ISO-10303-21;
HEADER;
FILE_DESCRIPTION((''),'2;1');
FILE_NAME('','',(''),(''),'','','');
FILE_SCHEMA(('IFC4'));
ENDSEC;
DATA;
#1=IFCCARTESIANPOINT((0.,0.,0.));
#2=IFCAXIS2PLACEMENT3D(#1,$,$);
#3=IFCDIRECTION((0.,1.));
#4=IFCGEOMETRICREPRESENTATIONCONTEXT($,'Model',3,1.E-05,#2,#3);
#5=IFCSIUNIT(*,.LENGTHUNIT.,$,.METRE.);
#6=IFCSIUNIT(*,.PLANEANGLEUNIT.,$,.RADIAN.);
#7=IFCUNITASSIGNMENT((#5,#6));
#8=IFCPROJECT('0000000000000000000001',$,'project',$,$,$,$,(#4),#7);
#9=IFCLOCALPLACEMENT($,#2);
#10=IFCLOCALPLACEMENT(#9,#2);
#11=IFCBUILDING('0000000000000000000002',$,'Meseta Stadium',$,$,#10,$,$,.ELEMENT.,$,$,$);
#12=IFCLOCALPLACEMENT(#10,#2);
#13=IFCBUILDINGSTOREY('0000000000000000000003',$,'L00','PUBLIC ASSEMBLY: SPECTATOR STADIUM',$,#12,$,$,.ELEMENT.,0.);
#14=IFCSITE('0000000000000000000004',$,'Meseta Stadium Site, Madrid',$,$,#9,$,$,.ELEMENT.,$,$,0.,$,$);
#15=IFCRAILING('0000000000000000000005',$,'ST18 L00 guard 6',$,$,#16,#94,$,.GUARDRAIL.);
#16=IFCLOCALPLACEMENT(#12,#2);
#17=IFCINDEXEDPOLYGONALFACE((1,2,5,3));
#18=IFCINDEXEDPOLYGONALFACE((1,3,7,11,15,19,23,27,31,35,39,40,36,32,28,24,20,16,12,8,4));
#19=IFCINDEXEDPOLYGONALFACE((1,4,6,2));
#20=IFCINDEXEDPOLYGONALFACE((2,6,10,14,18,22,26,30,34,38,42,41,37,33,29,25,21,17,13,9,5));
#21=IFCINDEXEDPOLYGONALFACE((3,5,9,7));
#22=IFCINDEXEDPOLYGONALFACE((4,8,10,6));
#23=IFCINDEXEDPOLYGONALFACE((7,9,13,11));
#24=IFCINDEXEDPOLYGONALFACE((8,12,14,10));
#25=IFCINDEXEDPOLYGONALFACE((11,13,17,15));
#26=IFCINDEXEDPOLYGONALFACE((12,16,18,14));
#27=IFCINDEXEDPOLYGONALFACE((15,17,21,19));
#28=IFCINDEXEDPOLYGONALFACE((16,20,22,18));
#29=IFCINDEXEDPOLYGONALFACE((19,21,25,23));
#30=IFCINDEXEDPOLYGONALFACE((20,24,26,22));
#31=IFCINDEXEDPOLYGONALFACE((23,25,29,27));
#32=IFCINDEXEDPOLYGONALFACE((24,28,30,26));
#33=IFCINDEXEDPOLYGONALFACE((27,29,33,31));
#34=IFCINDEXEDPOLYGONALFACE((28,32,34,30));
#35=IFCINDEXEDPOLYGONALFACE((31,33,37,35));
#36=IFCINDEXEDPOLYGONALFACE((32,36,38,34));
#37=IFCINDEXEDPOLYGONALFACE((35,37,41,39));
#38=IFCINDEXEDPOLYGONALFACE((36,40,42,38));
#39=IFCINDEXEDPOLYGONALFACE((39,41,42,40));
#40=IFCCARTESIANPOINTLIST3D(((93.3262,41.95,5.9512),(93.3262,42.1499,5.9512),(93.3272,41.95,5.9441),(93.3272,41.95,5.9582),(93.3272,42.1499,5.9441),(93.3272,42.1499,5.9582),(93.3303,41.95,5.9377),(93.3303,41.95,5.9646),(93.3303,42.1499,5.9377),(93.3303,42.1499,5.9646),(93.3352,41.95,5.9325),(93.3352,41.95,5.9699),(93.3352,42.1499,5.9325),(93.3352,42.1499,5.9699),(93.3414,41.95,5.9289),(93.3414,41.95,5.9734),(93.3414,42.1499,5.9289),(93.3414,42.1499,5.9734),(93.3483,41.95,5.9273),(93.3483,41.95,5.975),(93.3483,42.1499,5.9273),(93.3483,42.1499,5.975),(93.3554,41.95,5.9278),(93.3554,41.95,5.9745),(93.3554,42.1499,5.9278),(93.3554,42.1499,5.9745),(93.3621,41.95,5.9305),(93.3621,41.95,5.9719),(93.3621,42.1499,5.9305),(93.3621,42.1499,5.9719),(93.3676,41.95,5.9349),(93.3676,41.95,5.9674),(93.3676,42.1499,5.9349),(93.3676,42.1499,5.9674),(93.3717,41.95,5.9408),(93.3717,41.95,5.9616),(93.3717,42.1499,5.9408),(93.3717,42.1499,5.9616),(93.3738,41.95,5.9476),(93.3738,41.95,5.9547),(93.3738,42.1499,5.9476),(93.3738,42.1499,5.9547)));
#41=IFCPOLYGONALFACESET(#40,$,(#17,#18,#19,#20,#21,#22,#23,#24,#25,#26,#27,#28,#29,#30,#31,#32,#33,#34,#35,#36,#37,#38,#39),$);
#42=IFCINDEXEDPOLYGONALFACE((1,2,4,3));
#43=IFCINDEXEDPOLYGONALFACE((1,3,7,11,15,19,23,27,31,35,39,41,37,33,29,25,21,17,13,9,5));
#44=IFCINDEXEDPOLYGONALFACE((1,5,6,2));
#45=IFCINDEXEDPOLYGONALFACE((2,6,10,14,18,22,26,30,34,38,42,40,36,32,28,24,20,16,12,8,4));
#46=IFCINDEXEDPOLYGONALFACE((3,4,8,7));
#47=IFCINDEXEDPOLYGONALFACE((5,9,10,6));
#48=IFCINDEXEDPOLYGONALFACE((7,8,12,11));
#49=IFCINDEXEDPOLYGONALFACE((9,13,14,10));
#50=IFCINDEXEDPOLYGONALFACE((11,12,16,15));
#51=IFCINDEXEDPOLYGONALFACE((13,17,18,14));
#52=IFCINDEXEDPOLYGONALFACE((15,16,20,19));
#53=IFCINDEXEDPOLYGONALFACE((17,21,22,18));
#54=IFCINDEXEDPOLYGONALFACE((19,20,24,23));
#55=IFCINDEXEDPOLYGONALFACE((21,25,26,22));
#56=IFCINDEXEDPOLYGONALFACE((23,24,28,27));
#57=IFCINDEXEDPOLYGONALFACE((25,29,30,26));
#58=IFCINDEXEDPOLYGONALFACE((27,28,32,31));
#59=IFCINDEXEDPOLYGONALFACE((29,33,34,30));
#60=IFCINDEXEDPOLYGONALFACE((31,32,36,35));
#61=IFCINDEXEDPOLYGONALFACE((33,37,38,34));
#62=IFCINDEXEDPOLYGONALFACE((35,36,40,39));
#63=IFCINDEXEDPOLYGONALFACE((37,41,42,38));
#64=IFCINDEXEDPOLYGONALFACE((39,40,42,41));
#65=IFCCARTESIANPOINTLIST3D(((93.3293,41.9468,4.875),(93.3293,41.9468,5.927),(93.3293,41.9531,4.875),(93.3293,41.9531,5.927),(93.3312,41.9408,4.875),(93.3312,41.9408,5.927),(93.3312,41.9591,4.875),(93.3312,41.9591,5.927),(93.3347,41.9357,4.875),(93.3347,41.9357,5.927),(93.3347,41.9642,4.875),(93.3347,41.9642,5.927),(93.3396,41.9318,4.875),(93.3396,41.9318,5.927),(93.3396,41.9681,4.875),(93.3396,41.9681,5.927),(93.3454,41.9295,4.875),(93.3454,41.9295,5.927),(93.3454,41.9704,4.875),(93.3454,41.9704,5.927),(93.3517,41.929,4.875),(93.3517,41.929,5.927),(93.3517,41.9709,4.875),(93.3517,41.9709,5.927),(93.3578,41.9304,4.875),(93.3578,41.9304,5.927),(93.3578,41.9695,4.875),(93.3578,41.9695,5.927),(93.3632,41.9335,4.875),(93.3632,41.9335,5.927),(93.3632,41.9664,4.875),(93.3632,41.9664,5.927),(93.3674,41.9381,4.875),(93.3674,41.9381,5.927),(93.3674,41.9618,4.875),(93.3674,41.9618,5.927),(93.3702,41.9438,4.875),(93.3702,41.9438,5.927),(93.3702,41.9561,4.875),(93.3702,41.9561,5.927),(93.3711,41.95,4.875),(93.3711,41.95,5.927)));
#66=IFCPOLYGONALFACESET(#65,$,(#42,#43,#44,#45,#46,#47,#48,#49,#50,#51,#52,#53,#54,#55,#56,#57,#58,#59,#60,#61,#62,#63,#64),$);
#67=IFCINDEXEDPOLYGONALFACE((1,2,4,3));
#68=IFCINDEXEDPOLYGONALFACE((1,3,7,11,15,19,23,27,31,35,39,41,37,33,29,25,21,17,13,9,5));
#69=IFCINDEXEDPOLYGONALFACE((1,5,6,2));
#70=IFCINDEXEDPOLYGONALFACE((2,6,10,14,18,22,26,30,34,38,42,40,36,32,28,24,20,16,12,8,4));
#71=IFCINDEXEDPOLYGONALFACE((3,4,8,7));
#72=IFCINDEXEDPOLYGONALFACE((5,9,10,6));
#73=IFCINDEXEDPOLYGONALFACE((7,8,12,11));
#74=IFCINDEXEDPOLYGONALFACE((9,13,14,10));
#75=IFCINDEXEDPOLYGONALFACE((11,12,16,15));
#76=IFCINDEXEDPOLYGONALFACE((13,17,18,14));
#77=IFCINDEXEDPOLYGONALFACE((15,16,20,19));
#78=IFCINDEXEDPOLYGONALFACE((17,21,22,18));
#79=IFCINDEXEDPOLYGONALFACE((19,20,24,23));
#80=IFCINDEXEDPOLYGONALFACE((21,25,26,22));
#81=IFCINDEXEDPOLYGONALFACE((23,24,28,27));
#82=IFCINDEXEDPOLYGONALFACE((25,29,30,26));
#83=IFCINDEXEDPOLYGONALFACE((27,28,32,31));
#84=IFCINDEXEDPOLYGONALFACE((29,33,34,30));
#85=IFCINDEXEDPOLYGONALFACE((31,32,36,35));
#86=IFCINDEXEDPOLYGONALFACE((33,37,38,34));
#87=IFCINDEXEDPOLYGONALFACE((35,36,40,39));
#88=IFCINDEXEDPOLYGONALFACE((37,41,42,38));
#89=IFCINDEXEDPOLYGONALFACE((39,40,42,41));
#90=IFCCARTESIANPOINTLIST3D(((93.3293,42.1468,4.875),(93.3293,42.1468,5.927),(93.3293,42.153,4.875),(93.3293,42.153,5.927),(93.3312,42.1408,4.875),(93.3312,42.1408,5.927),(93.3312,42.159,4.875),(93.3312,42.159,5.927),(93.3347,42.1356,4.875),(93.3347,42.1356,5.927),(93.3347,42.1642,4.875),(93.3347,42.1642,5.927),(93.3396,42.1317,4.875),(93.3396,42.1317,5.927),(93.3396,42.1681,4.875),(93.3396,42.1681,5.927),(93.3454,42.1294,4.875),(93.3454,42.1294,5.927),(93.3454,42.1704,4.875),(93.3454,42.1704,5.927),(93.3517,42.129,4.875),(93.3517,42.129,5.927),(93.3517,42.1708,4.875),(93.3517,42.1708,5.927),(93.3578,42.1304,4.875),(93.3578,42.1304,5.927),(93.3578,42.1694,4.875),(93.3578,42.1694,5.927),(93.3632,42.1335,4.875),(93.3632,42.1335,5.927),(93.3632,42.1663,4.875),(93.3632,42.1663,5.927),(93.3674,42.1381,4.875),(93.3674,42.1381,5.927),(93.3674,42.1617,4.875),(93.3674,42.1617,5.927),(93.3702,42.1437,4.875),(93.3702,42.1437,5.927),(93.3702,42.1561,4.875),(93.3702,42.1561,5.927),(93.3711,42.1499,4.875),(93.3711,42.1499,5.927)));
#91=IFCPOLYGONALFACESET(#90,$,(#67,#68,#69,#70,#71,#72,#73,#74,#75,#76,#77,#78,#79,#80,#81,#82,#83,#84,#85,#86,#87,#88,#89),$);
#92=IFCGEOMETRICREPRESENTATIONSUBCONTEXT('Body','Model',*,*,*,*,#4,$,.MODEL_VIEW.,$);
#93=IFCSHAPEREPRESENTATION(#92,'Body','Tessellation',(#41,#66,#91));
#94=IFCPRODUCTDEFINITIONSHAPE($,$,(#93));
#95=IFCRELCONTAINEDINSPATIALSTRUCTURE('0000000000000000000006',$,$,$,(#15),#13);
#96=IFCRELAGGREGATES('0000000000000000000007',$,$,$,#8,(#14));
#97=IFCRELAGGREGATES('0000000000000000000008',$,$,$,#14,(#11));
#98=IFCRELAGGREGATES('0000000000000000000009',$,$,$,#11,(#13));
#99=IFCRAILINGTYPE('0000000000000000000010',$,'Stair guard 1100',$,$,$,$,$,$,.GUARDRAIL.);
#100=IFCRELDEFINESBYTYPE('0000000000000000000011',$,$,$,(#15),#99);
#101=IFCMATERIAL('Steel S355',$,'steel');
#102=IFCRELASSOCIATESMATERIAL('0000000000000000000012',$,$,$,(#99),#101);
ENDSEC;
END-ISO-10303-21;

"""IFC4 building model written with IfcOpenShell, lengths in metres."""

from ifc_helpers import new_model, si_unit, direction, frame, origin, origin_2d, place, context, subcontext, project, spatial, circle, extrude, material, type_object, element, save


model = new_model("IFC4")

# Units and contexts
model_context = context("Model", 3, precision=1e-05, world=origin(), true_north=direction((0.0, 1.0)))
body_context = subcontext(model_context, "Body", "Model", "MODEL_VIEW")
ifc_project = project(units=[si_unit("LENGTHUNIT", "METRE"), si_unit("PLANEANGLEUNIT", "RADIAN")], contexts=[model_context])

# Site, building, storey
site_placement = place(None, origin())
site = spatial("IfcSite", under=ifc_project, at=site_placement, Name="Meseta Stadium Site, Madrid", CompositionType="ELEMENT", RefElevation=0.0)
building_placement = place(site_placement, origin())
building = spatial("IfcBuilding", under=site, at=building_placement, Name="Meseta Stadium", CompositionType="ELEMENT")
storey_placement = place(building_placement, origin())
storey = spatial("IfcBuildingStorey", under=building, at=storey_placement, Name="L00", Description="PUBLIC ASSEMBLY: SPECTATOR STADIUM", CompositionType="ELEMENT", Elevation=0.0)

# Railing
ifc_material_1 = material(Name="Steel S355", Category="steel")
railing_type_1 = type_object("IfcRailingType", Name="Stair guard 1100", PredefinedType="GUARDRAIL", material=ifc_material_1)
railing_1_placement = place(storey_placement, frame((93.3501, 41.95, 4.875)))
element("IfcRailing", 1, at=railing_1_placement, inside=storey, type_object=railing_type_1, Name="ST18 L00 guard 6", PredefinedType="GUARDRAIL", context=body_context, shape_type="SweptSolid", body=[
    extrude(circle(Radius=0.0239, at=origin_2d()), frame((0.0, 0.0, 1.0762), z_axis=(0.0, 1.0, 0.0), x_axis=(-1.0, 0.0, 0.0)), (0.0, 0.0, 1.0), 0.2),
    extrude(circle(Radius=0.021, at=origin_2d()), origin(), (0.0, 0.0, 1.0), 1.052),
    extrude(circle(Radius=0.021, at=origin_2d()), frame((0.0, 0.2, 0.0)), (0.0, 0.0, 1.0), 1.052),
])

save(model, "model.ifc")
